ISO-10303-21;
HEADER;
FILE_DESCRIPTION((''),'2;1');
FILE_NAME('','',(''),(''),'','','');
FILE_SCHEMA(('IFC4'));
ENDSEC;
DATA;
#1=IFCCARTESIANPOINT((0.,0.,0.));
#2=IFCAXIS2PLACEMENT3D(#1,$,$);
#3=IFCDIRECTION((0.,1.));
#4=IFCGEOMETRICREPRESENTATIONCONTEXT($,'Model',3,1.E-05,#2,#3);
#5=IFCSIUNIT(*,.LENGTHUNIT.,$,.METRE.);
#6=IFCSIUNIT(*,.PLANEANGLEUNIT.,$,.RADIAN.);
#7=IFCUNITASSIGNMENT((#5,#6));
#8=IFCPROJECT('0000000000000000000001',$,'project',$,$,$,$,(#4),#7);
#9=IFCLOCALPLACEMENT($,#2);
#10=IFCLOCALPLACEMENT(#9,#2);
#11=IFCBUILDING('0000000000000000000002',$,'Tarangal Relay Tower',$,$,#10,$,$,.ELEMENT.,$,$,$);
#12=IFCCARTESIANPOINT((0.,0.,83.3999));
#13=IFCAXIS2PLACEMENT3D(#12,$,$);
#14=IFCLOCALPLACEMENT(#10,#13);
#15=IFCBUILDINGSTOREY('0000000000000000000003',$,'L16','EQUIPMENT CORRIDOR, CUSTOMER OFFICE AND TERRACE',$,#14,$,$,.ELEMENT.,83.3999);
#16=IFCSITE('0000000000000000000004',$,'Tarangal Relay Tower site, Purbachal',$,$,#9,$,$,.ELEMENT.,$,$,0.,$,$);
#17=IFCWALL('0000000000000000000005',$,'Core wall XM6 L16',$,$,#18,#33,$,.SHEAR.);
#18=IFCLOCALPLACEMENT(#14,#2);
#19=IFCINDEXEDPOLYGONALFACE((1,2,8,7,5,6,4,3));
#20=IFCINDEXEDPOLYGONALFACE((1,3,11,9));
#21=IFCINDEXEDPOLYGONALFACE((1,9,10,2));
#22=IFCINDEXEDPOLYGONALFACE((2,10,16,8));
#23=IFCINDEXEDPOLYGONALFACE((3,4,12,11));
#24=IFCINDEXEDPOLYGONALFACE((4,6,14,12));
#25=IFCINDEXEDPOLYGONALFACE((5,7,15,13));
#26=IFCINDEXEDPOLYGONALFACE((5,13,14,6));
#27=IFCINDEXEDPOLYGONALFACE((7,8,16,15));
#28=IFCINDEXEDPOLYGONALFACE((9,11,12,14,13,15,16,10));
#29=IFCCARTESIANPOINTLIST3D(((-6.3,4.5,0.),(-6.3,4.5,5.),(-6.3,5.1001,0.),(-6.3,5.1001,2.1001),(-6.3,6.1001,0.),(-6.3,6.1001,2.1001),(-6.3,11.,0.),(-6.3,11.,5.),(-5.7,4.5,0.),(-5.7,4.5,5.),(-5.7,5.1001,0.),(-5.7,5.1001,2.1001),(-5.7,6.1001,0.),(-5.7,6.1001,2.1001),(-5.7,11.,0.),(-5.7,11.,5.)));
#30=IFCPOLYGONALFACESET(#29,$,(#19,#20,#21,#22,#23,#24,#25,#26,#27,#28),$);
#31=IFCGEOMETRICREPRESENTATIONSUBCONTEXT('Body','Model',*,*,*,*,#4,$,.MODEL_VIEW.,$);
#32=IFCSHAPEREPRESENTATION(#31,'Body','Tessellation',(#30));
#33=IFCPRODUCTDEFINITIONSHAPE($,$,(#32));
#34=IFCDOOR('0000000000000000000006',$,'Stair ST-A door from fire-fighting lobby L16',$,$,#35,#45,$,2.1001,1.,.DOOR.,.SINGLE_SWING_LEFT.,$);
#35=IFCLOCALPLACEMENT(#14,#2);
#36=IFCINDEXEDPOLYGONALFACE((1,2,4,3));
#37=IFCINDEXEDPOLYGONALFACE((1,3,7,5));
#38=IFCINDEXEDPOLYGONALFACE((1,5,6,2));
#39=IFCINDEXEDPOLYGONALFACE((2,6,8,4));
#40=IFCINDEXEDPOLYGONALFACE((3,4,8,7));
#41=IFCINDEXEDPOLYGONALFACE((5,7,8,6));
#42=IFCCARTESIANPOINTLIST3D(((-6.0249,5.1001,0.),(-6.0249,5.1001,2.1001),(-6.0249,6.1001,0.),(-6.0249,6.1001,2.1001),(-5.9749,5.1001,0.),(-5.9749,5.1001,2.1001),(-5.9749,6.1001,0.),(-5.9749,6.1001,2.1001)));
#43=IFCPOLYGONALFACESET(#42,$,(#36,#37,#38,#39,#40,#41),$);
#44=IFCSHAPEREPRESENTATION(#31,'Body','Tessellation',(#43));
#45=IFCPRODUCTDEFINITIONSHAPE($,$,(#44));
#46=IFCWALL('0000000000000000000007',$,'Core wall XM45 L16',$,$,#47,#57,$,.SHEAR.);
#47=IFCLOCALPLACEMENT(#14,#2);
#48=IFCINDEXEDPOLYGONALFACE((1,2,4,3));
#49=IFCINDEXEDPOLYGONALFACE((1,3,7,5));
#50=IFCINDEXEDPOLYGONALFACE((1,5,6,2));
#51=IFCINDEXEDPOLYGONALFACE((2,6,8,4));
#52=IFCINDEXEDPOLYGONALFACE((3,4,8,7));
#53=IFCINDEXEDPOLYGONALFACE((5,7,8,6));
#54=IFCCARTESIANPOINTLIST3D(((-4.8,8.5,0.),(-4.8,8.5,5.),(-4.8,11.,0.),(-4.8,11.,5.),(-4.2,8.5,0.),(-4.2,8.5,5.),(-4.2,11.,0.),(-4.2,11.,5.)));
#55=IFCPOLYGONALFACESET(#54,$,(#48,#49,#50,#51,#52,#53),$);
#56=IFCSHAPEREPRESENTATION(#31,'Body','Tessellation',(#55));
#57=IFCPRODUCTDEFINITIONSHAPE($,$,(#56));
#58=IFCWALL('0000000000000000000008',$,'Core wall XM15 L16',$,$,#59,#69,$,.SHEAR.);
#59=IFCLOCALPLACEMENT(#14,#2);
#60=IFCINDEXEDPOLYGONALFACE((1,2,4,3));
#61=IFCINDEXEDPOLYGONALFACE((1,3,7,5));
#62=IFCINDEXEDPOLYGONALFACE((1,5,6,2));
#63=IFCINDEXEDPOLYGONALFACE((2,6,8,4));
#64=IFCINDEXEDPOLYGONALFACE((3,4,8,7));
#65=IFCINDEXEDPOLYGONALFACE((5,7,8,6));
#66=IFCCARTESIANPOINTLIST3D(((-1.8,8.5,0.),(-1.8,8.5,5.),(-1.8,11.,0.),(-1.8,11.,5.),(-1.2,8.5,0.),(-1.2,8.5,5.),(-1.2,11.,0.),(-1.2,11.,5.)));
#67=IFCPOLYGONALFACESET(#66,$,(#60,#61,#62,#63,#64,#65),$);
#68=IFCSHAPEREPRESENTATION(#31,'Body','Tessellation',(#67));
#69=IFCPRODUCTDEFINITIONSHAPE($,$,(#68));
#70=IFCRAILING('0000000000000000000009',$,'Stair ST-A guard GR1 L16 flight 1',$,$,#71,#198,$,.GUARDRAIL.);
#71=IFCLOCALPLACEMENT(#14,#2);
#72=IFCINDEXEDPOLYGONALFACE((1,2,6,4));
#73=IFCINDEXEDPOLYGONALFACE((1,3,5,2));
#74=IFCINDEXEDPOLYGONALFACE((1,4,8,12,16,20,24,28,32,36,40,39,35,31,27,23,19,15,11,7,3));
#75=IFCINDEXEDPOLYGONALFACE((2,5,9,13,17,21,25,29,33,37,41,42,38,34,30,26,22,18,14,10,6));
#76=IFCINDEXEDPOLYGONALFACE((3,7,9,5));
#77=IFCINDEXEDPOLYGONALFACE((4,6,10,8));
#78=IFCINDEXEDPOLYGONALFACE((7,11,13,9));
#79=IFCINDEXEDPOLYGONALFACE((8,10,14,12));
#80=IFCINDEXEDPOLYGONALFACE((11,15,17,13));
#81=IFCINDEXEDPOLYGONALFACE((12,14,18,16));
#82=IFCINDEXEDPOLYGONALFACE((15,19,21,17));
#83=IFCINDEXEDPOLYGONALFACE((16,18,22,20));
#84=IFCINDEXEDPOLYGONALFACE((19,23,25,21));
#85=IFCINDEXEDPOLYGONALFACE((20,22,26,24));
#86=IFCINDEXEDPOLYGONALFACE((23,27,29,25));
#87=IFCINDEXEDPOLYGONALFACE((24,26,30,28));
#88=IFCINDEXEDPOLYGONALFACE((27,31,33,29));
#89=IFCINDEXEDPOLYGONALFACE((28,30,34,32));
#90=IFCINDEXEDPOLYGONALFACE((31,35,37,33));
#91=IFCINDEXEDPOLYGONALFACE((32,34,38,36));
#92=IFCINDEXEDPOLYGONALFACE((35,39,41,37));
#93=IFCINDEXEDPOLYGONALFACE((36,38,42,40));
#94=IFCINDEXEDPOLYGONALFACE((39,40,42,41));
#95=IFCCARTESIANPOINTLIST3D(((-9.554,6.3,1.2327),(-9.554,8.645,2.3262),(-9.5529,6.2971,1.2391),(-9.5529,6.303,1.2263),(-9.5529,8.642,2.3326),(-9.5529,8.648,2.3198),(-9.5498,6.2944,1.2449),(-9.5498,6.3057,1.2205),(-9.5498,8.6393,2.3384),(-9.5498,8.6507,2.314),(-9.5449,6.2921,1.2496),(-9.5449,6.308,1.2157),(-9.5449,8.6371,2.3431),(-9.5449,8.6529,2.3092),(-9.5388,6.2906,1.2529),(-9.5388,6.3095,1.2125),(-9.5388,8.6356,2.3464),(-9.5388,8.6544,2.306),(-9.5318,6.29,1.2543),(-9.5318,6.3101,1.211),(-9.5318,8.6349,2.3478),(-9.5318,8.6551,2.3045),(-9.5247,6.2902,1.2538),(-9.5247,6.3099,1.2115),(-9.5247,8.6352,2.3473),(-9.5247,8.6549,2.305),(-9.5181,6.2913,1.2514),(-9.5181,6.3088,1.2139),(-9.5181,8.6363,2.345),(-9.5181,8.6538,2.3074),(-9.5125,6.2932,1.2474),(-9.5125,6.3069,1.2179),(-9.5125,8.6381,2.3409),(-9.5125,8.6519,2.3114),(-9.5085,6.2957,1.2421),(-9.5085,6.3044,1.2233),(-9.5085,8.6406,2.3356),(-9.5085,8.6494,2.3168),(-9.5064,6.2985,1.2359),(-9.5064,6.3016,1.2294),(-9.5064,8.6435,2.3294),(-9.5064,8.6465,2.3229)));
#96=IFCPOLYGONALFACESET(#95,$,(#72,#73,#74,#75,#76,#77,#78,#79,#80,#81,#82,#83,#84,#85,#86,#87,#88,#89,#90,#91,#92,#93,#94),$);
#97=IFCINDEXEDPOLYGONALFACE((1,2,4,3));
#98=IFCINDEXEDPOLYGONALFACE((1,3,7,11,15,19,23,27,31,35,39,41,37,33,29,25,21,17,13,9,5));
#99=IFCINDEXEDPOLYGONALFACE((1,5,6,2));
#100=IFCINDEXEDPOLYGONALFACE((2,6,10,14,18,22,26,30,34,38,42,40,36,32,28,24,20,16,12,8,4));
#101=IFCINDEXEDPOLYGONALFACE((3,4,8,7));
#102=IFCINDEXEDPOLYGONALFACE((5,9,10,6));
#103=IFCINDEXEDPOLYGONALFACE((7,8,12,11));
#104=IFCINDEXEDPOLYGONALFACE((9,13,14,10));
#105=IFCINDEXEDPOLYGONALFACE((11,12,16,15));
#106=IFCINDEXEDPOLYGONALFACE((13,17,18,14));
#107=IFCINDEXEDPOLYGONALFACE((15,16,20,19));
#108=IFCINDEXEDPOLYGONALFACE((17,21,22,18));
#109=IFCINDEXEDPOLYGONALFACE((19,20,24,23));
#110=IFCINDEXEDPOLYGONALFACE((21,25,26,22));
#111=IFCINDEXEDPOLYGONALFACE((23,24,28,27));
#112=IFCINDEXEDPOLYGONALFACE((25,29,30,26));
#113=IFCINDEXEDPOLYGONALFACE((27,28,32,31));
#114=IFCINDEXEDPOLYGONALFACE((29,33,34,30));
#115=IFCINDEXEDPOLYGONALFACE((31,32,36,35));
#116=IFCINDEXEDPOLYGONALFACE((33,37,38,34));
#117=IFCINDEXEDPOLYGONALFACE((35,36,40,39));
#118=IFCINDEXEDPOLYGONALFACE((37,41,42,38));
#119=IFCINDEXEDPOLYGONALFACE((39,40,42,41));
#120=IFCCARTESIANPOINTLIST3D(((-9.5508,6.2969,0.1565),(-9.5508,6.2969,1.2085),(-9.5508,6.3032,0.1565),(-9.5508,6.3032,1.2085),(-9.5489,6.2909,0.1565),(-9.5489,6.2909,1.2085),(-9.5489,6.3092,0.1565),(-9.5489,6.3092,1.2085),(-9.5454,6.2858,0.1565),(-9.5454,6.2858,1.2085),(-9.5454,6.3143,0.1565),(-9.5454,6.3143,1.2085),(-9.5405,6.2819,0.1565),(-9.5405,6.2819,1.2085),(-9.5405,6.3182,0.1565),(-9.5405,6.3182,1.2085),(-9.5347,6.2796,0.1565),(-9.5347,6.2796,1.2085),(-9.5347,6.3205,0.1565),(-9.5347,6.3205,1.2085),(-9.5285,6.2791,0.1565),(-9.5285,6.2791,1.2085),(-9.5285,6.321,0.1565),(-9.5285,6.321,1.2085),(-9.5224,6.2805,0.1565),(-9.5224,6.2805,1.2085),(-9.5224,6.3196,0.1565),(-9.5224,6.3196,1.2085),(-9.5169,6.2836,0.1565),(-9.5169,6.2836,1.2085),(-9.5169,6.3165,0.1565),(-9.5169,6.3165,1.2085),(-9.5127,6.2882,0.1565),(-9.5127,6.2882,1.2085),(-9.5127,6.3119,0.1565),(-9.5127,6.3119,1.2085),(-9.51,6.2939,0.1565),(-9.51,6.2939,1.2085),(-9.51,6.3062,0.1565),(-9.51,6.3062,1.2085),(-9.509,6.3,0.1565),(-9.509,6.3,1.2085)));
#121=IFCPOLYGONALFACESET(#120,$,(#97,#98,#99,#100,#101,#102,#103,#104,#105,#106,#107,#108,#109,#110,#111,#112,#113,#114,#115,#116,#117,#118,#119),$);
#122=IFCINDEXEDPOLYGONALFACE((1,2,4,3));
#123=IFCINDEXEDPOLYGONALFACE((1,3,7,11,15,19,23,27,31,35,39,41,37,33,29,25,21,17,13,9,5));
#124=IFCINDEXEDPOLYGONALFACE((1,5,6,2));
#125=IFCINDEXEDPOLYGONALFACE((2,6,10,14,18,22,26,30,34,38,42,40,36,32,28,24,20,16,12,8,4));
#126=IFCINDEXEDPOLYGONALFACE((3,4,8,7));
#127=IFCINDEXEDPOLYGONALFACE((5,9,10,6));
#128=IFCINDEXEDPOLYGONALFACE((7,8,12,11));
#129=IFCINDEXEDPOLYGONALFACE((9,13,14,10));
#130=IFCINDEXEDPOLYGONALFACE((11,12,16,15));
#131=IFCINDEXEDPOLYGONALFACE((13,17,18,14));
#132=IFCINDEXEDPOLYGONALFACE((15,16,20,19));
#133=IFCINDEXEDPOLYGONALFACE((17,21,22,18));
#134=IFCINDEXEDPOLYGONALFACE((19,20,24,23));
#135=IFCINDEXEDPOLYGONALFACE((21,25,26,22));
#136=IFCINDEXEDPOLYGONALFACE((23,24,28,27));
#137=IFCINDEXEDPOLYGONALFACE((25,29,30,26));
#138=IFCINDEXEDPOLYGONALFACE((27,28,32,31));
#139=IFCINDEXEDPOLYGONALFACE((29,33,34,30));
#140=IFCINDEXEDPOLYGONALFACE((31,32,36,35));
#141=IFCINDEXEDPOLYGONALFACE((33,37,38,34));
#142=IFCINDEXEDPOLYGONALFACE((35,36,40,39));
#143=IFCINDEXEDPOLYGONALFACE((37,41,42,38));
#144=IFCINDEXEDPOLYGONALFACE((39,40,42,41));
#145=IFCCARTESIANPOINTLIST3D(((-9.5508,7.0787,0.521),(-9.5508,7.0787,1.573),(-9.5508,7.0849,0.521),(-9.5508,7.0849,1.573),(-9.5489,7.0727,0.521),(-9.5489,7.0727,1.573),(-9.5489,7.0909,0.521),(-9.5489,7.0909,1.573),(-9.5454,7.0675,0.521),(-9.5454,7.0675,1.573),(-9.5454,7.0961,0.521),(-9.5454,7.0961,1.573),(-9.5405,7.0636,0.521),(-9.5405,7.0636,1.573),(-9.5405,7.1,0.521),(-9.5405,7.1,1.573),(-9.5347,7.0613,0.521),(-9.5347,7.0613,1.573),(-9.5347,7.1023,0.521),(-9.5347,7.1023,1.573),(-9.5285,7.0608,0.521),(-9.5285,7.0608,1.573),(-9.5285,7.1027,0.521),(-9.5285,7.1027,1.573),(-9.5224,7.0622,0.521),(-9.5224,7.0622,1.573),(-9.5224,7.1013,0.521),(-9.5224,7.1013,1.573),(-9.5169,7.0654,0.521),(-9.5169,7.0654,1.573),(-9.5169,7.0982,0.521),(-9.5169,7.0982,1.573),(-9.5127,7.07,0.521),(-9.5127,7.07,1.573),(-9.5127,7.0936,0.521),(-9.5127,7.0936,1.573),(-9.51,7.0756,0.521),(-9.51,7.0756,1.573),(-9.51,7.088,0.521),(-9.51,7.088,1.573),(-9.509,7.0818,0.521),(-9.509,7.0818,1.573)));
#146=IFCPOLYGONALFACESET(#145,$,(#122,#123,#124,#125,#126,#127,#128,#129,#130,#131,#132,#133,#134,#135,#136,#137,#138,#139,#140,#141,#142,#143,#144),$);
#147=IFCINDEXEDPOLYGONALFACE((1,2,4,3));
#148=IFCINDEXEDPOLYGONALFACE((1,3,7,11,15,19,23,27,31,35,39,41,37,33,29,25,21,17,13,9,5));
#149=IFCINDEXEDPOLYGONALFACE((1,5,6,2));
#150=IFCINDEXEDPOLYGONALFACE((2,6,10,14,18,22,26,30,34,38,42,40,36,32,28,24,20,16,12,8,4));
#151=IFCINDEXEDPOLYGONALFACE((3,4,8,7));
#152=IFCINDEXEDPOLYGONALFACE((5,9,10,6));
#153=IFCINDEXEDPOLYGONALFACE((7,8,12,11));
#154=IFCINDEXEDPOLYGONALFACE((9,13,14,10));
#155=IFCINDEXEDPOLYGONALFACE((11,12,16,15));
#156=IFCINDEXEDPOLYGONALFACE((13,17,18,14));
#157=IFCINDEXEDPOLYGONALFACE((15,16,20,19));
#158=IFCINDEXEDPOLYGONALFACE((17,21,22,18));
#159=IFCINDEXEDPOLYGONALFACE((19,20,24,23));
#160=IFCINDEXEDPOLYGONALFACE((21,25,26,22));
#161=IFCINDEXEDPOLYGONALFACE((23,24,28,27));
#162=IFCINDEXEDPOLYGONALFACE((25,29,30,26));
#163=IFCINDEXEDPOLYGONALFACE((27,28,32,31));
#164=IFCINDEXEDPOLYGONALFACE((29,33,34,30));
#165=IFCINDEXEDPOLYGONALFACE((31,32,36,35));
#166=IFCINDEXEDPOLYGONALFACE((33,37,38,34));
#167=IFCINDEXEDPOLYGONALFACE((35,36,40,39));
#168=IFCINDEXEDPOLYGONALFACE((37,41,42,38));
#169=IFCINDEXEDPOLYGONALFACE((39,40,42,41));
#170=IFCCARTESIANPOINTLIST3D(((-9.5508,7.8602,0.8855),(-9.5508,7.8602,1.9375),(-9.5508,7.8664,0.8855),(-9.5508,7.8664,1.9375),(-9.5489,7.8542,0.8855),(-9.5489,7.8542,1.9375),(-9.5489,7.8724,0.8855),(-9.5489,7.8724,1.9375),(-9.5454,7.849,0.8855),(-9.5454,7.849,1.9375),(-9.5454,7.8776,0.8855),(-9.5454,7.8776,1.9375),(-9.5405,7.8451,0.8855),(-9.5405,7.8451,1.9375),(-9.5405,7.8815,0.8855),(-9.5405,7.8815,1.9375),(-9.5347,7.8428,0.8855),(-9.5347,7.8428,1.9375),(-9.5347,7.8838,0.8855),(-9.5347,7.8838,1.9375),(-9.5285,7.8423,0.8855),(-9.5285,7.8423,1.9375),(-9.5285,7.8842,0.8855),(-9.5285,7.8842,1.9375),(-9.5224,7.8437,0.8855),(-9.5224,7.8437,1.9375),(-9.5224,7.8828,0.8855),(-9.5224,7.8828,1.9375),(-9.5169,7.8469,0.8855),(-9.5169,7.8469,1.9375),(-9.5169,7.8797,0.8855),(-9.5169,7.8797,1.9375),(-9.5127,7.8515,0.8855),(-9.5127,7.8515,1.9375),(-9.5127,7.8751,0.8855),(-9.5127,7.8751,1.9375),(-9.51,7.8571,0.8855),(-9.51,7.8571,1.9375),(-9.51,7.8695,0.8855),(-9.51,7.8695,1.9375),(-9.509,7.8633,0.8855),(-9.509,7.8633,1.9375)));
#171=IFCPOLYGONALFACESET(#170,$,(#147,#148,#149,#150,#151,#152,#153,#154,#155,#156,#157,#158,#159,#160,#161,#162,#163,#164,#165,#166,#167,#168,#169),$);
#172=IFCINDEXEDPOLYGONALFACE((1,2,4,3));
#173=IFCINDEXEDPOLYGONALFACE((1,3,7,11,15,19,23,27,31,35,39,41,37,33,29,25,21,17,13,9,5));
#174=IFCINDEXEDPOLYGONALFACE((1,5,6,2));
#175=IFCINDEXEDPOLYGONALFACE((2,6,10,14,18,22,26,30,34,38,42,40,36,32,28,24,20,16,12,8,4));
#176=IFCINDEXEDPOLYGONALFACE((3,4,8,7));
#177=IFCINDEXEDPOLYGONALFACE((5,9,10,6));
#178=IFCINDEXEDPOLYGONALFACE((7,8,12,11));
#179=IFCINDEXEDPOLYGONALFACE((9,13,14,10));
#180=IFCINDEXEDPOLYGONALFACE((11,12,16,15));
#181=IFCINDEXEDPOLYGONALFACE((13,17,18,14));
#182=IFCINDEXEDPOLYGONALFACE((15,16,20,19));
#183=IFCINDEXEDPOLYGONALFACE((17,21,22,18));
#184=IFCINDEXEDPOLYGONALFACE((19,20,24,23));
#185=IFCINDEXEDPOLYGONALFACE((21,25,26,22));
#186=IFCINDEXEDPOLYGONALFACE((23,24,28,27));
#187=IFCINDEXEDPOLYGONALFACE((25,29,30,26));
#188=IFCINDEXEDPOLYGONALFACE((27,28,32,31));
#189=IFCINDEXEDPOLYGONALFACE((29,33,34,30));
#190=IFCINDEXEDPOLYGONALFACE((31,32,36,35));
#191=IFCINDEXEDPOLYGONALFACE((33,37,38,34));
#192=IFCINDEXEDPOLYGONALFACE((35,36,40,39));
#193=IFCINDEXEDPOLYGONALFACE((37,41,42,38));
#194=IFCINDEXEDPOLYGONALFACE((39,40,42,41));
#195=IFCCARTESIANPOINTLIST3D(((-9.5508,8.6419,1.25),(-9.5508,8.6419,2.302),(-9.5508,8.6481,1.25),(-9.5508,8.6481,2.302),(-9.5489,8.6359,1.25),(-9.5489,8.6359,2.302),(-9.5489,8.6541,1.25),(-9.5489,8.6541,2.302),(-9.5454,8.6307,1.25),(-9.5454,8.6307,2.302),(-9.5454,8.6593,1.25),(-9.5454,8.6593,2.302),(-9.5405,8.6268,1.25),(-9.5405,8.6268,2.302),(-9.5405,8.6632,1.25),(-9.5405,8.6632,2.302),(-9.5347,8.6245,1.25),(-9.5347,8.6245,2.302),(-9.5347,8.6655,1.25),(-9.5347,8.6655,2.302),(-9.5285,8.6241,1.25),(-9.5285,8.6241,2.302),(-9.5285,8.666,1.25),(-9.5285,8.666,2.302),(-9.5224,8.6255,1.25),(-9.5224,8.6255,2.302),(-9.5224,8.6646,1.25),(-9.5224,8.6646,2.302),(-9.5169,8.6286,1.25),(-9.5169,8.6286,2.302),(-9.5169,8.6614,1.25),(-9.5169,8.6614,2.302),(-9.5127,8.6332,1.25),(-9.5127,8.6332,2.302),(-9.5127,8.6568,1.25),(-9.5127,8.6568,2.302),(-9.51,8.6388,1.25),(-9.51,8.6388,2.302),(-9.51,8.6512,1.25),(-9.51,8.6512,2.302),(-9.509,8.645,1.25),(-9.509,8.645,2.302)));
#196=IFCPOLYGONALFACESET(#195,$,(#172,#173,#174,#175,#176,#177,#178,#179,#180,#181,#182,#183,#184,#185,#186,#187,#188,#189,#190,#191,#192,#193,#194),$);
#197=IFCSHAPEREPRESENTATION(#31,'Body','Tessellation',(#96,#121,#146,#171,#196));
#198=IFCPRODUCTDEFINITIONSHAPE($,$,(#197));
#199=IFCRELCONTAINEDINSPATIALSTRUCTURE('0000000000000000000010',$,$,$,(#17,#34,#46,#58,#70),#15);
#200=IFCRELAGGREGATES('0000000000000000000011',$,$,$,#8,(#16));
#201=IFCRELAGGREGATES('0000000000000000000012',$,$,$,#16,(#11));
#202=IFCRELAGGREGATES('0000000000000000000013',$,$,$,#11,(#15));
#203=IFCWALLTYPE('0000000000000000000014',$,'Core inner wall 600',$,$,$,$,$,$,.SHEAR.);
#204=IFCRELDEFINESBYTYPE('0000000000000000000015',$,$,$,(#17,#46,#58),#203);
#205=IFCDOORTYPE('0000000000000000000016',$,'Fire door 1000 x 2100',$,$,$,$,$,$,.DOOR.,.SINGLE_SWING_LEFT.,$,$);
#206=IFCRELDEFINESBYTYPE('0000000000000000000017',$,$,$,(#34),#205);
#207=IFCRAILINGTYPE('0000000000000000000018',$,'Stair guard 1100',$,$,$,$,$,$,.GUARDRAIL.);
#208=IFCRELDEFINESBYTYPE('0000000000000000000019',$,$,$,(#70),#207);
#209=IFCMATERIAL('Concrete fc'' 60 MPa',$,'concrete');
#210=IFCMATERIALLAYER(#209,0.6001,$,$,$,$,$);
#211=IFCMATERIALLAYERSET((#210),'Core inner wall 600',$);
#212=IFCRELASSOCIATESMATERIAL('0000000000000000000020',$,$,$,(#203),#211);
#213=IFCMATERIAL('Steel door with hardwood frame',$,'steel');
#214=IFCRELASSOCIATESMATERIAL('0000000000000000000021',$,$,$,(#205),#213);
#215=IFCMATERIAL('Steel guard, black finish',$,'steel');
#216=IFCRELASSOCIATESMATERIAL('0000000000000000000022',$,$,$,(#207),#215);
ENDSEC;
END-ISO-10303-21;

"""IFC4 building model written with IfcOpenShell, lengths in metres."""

from ifc_helpers import new_model, si_unit, direction, frame, frame_2d, origin, origin_2d, place, context, subcontext, project, spatial, rectangle, circle, extrude, material, layer, layer_set, type_object, element, fill, save


model = new_model("IFC4")

# Units and contexts
model_context = context("Model", 3, precision=1e-05, world=origin(), true_north=direction((0.0, 1.0)))
body_context = subcontext(model_context, "Body", "Model", "MODEL_VIEW")
ifc_project = project(units=[si_unit("LENGTHUNIT", "METRE"), si_unit("PLANEANGLEUNIT", "RADIAN")], contexts=[model_context])

# Site, building, storey
site_placement = place(None, origin())
site = spatial("IfcSite", under=ifc_project, at=site_placement, Name="Tarangal Relay Tower site, Purbachal", CompositionType="ELEMENT", RefElevation=0.0)
building_placement = place(site_placement, origin())
building = spatial("IfcBuilding", under=site, at=building_placement, Name="Tarangal Relay Tower", CompositionType="ELEMENT")
storey_placement = place(building_placement, frame((0.0, 0.0, 83.3999)))
storey = spatial("IfcBuildingStorey", under=building, at=storey_placement, Name="L16", Description="EQUIPMENT CORRIDOR, CUSTOMER OFFICE AND TERRACE", CompositionType="ELEMENT", Elevation=83.3999)

# Shared definitions
ifc_material_1 = material(Name="Concrete fc' 60 MPa", Category="concrete")
ifc_layer_1 = layer(ifc_material_1, 0.6001)
ifc_layer_set_1 = layer_set([ifc_layer_1], Name="Core inner wall 600")
wall_type = type_object("IfcWallType", Name="Core inner wall 600", PredefinedType="SHEAR", material=ifc_layer_set_1)
ifc_material_2 = material(Name="Steel door with hardwood frame", Category="steel")

# Wall, opening, door
wall_1_placement = place(storey_placement, frame((-6.0, 4.5, 0.0), z_axis=(0.0, 0.0, 1.0), x_axis=(0.0, 1.0, 0.0)))
wall_1 = element("IfcWall", 1, at=wall_1_placement, inside=storey, type_object=wall_type, Name="Core wall XM6 L16", PredefinedType="SHEAR", context=body_context, shape_type="SweptSolid", body=[
    extrude(rectangle(XDim=6.5, YDim=0.6001, at=frame_2d((3.25, 0.0))), origin(), (0.0, 0.0, 1.0), 5.0),
])
opening_1_placement = place(wall_1_placement, frame((0.6001, 0.0, 0.0)))
opening_1 = element("IfcOpeningElement", 2, at=opening_1_placement, cuts=wall_1, PredefinedType="OPENING", context=body_context, shape_type="SweptSolid", body=[
    extrude(rectangle(XDim=1.0, YDim=2.1001, at=frame_2d((0.5, 1.05))), frame((0.0, 0.3101, 0.0), z_axis=(0.0, -1.0, 0.0), x_axis=(1.0, 0.0, 0.0)), (0.0, 0.0, 1.0), 0.6201),
])
door_type_1 = type_object("IfcDoorType", Name="Fire door 1000 x 2100", OperationType="SINGLE_SWING_LEFT", PredefinedType="DOOR", material=ifc_material_2)
door_1_placement = place(opening_1_placement, origin())
door_1 = element("IfcDoor", 3, at=door_1_placement, inside=storey, type_object=door_type_1, Name="Stair ST-A door from fire-fighting lobby L16", OperationType="SINGLE_SWING_LEFT", OverallHeight=2.1001, OverallWidth=1.0, PredefinedType="DOOR", context=body_context, shape_type="SweptSolid", body=[
    extrude(rectangle(XDim=1.0, YDim=2.1001, at=frame_2d((0.5, 1.05))), frame((0.0, 0.0249, 0.0), z_axis=(0.0, -1.0, 0.0), x_axis=(1.0, 0.0, 0.0)), (0.0, 0.0, 1.0), 0.05),
])
fill(opening_1, door_1)

# Walls
for number, where, z_axis, x_axis, name in (
    (4, (-4.5, 8.5, 0.0), (0.0, 0.0, 1.0), (0.0, 1.0, 0.0), "Core wall XM45 L16"),
    (5, (-1.5, 8.5, 0.0), (0.0, 0.0, 1.0), (0.0, 1.0, 0.0), "Core wall XM15 L16"),
):
    element("IfcWall", number, at=place(storey_placement, frame(where, z_axis=z_axis, x_axis=x_axis)), inside=storey, type_object=wall_type, Name=name, PredefinedType="SHEAR", context=body_context, shape_type="SweptSolid", body=[
        extrude(rectangle(XDim=2.5, YDim=0.6001, at=frame_2d((1.25, 0.0))), origin(), (0.0, 0.0, 1.0), 5.0),
    ])

# Railing
ifc_material_3 = material(Name="Steel guard, black finish", Category="steel")
railing_type = type_object("IfcRailingType", Name="Stair guard 1100", PredefinedType="GUARDRAIL", material=ifc_material_3)
for number, where, name in (
    (6, (-9.53, 6.3, 0.1565), "Stair ST-A guard GR1 L16 flight 1"),
):
    element("IfcRailing", number, at=place(storey_placement, frame(where)), inside=storey, type_object=railing_type, Name=name, PredefinedType="GUARDRAIL", context=body_context, shape_type="SweptSolid", body=[
        extrude(circle(Radius=0.0239, at=origin_2d()), frame((0.0, 0.0, 1.0762), z_axis=(0.0, 0.906304, 0.422627), x_axis=(-1.0, 0.0, 0.0)), (0.0, 0.0, 1.0), 2.5874),
        extrude(circle(Radius=0.021, at=origin_2d()), origin(), (0.0, 0.0, 1.0), 1.052),
        extrude(circle(Radius=0.021, at=origin_2d()), frame((0.0, 0.7817, 0.3645)), (0.0, 0.0, 1.0), 1.052),
        extrude(circle(Radius=0.021, at=origin_2d()), frame((0.0, 1.5632, 0.729)), (0.0, 0.0, 1.0), 1.052),
        extrude(circle(Radius=0.021, at=origin_2d()), frame((0.0, 2.345, 1.0935)), (0.0, 0.0, 1.0), 1.052),
    ])

save(model, "model.ifc")
